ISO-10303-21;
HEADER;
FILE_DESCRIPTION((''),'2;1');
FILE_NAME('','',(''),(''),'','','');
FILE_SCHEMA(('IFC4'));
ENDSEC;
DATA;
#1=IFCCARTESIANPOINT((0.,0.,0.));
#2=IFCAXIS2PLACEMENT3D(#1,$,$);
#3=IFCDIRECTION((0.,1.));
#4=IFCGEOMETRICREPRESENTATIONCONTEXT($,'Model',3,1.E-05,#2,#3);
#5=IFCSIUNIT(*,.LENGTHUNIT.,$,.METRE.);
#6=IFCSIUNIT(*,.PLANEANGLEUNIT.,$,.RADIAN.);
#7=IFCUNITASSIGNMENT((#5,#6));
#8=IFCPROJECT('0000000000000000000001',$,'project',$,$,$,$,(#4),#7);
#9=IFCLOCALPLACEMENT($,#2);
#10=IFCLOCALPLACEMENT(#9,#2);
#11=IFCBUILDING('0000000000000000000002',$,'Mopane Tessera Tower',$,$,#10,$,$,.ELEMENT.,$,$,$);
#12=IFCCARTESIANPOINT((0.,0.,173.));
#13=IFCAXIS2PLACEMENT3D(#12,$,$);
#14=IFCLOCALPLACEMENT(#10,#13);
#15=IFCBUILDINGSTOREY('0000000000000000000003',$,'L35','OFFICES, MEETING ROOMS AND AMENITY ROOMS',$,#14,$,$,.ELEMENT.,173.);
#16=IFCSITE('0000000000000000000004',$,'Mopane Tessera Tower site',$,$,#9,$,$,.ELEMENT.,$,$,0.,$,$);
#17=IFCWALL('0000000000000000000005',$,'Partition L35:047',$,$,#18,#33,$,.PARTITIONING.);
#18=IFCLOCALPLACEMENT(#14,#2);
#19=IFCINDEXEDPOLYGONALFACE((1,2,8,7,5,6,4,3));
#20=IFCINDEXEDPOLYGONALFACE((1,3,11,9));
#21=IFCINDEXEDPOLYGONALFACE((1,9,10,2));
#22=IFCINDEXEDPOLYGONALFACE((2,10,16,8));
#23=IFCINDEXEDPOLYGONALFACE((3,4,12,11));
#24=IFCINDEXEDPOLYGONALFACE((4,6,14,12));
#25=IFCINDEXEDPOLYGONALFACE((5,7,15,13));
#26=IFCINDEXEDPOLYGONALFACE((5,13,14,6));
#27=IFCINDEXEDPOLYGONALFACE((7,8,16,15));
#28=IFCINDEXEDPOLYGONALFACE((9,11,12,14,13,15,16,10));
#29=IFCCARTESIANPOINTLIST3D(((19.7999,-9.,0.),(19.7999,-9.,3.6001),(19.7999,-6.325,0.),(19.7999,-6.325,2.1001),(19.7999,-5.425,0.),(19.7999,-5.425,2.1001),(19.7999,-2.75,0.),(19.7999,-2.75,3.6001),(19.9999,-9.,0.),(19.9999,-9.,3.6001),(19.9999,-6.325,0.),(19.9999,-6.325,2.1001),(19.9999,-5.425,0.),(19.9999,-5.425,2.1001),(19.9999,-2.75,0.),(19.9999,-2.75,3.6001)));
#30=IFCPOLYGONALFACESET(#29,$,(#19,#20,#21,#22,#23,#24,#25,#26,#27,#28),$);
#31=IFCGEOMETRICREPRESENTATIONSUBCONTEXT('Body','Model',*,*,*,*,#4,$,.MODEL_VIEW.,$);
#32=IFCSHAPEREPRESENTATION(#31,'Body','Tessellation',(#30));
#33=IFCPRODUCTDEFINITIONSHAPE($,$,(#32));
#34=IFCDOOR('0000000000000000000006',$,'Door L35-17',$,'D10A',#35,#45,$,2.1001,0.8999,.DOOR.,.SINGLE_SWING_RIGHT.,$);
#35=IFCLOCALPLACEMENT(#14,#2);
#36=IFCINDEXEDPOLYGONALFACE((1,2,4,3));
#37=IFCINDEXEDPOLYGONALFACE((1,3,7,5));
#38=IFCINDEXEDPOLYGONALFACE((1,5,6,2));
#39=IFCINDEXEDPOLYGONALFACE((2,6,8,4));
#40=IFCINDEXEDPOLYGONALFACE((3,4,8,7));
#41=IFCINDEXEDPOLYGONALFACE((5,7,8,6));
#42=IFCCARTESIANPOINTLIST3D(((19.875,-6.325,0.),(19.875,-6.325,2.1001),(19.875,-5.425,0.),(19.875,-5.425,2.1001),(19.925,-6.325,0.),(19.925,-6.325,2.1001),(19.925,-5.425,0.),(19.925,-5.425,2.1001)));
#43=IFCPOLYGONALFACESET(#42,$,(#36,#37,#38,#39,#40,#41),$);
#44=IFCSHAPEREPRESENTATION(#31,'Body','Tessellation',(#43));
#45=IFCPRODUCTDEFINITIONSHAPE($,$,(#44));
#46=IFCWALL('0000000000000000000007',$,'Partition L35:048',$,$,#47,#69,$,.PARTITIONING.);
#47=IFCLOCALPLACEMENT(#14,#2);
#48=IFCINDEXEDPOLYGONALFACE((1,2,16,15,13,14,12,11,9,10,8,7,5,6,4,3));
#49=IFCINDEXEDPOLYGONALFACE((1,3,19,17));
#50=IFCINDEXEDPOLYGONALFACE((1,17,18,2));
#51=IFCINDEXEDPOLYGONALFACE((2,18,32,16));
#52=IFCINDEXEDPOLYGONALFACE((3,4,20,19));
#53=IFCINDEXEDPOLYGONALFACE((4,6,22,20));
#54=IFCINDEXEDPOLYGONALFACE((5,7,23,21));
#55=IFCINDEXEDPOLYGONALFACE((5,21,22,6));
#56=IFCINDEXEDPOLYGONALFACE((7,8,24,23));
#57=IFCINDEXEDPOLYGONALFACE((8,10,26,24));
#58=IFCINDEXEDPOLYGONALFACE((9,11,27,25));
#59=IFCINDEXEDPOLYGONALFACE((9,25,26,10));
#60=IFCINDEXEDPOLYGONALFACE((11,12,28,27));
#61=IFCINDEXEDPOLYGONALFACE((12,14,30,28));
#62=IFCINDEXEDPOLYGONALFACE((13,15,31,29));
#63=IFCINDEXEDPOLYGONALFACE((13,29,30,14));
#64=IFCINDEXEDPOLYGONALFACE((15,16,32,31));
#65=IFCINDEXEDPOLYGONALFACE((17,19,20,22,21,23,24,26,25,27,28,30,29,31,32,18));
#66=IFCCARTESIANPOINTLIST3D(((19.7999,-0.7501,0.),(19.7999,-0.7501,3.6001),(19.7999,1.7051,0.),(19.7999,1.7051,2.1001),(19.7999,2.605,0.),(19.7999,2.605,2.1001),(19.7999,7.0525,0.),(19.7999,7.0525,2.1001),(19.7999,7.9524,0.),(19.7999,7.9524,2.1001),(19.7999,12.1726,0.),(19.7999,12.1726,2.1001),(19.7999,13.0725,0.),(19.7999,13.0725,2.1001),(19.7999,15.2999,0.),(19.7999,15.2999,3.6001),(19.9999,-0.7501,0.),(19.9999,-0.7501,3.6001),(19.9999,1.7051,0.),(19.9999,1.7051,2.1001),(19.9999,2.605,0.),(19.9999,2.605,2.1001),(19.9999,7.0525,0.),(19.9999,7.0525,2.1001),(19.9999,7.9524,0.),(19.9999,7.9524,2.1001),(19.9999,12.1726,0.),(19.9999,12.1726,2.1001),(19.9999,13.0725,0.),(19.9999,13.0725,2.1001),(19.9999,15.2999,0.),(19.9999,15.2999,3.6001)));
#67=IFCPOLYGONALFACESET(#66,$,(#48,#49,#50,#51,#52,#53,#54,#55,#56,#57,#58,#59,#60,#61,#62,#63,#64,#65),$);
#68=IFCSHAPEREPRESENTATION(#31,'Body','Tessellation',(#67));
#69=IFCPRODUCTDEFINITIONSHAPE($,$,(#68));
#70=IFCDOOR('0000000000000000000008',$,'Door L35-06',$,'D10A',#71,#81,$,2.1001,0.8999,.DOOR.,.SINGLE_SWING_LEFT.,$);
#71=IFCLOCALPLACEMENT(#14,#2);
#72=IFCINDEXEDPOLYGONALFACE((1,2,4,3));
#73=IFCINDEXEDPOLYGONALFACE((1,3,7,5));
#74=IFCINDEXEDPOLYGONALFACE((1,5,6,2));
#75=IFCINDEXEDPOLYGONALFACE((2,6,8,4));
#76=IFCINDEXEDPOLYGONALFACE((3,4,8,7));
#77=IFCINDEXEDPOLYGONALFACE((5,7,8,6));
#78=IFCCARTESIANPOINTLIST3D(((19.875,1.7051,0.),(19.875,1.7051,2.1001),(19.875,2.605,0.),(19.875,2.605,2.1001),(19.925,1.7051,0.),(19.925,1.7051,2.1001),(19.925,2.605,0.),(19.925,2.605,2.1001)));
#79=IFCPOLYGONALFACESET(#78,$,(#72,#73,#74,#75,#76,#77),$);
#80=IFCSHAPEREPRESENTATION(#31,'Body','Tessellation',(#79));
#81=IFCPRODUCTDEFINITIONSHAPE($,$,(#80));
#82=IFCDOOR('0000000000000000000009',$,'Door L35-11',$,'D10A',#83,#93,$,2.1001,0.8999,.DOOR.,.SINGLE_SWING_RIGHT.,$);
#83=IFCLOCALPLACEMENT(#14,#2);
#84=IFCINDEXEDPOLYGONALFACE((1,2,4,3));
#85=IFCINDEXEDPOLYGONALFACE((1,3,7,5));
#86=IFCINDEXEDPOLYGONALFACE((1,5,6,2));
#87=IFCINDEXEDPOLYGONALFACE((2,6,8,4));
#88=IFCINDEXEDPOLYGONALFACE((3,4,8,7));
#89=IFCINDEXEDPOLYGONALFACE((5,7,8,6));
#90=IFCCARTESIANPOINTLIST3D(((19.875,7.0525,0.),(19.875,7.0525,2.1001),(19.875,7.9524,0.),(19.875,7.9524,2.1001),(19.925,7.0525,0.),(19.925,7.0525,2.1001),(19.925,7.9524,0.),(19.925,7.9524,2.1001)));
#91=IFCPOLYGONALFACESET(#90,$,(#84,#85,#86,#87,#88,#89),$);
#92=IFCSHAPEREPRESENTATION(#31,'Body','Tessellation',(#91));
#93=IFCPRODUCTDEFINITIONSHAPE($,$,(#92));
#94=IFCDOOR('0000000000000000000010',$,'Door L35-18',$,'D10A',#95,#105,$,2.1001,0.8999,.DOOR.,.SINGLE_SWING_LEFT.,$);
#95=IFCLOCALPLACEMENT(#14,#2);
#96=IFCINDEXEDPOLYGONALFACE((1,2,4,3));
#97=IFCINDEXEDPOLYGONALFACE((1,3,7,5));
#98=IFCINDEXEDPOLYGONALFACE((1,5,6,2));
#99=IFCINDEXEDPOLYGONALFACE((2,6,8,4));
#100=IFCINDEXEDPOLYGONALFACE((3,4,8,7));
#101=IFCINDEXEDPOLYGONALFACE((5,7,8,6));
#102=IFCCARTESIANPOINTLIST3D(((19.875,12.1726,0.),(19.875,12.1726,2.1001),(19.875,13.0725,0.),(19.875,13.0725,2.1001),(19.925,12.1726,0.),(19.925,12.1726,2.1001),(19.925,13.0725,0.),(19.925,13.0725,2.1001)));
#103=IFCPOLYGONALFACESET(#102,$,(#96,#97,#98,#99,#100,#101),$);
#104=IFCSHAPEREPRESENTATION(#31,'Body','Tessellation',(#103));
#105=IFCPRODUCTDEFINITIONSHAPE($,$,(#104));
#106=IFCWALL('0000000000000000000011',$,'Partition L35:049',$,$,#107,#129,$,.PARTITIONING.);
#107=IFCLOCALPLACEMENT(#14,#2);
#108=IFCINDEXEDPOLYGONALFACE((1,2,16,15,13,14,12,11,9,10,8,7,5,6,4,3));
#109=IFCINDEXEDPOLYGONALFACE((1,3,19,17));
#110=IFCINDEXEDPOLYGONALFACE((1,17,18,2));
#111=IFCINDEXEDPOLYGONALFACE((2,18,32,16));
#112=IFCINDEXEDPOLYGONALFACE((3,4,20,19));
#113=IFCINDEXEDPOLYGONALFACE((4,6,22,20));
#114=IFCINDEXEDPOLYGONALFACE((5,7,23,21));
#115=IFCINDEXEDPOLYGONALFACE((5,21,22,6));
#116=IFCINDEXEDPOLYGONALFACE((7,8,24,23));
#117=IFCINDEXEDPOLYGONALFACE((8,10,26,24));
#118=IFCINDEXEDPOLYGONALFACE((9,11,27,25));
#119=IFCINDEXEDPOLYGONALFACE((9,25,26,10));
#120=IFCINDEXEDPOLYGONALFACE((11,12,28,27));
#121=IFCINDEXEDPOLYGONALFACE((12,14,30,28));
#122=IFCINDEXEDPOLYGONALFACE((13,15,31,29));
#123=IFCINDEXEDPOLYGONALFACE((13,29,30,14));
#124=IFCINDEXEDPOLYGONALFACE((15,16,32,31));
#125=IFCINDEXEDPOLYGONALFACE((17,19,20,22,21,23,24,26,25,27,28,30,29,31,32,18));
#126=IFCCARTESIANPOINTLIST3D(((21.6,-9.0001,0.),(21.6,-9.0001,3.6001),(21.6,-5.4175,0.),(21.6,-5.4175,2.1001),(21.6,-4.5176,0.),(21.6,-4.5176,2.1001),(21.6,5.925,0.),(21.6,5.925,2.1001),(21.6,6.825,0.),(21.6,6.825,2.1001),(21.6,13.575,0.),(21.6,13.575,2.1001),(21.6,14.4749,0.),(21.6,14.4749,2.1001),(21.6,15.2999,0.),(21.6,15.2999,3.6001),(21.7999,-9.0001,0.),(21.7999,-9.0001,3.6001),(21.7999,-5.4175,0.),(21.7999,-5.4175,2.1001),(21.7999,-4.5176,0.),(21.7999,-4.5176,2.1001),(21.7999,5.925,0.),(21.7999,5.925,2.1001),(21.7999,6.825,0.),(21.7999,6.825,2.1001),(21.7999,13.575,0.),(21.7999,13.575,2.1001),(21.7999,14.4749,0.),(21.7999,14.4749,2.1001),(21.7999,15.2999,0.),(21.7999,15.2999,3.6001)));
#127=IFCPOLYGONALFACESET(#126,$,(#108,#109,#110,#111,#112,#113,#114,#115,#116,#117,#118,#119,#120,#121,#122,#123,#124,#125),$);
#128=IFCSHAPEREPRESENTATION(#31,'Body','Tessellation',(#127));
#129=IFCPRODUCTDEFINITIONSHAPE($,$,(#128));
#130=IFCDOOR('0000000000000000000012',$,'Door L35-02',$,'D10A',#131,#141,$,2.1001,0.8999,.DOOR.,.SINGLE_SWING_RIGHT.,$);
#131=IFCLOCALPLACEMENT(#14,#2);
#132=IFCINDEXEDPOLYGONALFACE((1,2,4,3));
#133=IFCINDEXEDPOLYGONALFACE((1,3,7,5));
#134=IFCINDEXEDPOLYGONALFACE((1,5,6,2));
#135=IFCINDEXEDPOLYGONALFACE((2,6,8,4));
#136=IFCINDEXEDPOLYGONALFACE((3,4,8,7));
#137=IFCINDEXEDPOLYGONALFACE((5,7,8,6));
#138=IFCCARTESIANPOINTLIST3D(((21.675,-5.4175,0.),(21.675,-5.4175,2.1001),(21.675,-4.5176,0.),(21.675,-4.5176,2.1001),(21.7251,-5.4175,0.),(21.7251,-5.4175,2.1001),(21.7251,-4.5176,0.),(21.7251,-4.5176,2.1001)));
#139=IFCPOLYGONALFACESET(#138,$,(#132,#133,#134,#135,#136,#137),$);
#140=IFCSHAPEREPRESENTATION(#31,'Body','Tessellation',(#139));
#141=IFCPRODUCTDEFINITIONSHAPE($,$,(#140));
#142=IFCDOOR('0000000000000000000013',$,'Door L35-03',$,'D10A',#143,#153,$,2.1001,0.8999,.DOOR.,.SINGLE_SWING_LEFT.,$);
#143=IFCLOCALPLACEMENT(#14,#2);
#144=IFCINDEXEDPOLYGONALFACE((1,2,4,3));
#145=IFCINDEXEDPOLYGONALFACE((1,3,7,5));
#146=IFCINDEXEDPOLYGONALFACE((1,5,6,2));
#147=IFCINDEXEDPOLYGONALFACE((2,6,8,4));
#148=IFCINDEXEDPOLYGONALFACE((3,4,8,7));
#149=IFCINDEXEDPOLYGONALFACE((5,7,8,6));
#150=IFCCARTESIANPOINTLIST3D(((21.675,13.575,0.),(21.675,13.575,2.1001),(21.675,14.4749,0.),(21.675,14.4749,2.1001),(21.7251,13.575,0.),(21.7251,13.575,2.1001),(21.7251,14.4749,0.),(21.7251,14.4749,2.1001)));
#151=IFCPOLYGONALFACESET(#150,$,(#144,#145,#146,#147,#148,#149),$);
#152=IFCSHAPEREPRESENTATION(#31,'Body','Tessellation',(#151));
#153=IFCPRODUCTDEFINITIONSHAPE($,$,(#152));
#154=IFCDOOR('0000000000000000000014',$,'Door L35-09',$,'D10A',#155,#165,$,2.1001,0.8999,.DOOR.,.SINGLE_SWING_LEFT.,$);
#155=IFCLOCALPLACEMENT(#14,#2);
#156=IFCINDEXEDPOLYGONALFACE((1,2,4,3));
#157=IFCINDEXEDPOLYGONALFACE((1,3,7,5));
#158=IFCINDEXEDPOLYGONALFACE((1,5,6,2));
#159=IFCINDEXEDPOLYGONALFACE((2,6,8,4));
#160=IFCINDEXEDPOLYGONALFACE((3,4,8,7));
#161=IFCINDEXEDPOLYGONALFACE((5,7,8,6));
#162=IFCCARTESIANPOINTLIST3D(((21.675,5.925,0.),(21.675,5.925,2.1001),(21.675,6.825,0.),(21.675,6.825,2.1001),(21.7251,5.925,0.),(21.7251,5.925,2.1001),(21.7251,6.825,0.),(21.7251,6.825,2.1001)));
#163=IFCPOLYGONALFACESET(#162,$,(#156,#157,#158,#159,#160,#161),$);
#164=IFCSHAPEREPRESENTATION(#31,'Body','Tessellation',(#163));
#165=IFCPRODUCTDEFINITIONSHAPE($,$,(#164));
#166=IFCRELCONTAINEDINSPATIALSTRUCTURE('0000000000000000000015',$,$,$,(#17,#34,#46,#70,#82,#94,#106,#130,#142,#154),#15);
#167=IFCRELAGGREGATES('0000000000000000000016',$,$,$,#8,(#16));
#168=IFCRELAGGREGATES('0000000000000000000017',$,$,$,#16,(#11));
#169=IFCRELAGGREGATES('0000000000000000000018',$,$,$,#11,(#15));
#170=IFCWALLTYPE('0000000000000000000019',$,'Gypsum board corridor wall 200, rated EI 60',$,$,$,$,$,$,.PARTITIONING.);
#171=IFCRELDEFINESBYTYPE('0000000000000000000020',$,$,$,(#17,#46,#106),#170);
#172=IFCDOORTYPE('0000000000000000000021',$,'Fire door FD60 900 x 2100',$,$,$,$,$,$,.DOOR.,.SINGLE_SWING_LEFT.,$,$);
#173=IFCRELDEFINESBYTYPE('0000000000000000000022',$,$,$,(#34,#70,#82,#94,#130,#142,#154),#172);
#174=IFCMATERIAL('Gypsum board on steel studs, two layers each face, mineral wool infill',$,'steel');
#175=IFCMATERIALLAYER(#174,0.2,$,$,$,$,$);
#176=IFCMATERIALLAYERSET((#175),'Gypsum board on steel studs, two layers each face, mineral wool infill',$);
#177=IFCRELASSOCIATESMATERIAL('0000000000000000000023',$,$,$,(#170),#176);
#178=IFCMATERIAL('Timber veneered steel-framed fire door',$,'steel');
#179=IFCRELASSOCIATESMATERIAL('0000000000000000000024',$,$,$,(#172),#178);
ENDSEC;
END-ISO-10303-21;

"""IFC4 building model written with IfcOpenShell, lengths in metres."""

from ifc_helpers import new_model, si_unit, direction, frame, frame_2d, origin, place, context, subcontext, project, spatial, rectangle, extrude, material, layer, layer_set, type_object, element, fill, save


model = new_model("IFC4")

# Units and contexts
model_context = context("Model", 3, precision=1e-05, world=origin(), true_north=direction((0.0, 1.0)))
body_context = subcontext(model_context, "Body", "Model", "MODEL_VIEW")
ifc_project = project(units=[si_unit("LENGTHUNIT", "METRE"), si_unit("PLANEANGLEUNIT", "RADIAN")], contexts=[model_context])

# Site, building, storey
site_placement = place(None, origin())
site = spatial("IfcSite", under=ifc_project, at=site_placement, Name="Mopane Tessera Tower site", CompositionType="ELEMENT", RefElevation=0.0)
building_placement = place(site_placement, origin())
building = spatial("IfcBuilding", under=site, at=building_placement, Name="Mopane Tessera Tower", CompositionType="ELEMENT")
storey_placement = place(building_placement, frame((0.0, 0.0, 173.0)))
storey = spatial("IfcBuildingStorey", under=building, at=storey_placement, Name="L35", Description="OFFICES, MEETING ROOMS AND AMENITY ROOMS", CompositionType="ELEMENT", Elevation=173.0)

# Shared definitions
ifc_material_1 = material(Name="Gypsum board on steel studs, two layers each face, mineral wool infill", Category="steel")
ifc_layer_1 = layer(ifc_material_1, 0.2)
ifc_layer_set_1 = layer_set([ifc_layer_1], Name="Gypsum board on steel studs, two layers each face, mineral wool infill")
wall_type_1 = type_object("IfcWallType", Name="Gypsum board corridor wall 200, rated EI 60", PredefinedType="PARTITIONING", material=ifc_layer_set_1)

# Wall, opening, door
wall_1_placement = place(storey_placement, frame((19.8999, -9.0, 0.0), z_axis=(0.0, 0.0, 1.0), x_axis=(0.0, 1.0, 0.0)))
wall_1 = element("IfcWall", 1, at=wall_1_placement, inside=storey, type_object=wall_type_1, Name="Partition L35:047", PredefinedType="PARTITIONING", context=body_context, shape_type="SweptSolid", body=[
    extrude(rectangle(XDim=6.25, YDim=0.2, at=frame_2d((3.125, 0.0))), origin(), (0.0, 0.0, 1.0), 3.6001),
])
opening_1_placement = place(wall_1_placement, frame((2.675, 0.0, 0.0)))
opening_1 = element("IfcOpeningElement", 2, at=opening_1_placement, cuts=wall_1, PredefinedType="OPENING", context=body_context, shape_type="SweptSolid", body=[
    extrude(rectangle(XDim=0.8999, YDim=2.1001, at=frame_2d((0.45, 1.05))), frame((0.0, 0.1121, 0.0), z_axis=(0.0, -1.0, 0.0), x_axis=(1.0, 0.0, 0.0)), (0.0, 0.0, 1.0), 0.2239),
])
ifc_material_2 = material(Name="Timber veneered steel-framed fire door", Category="steel")
door_type_1 = type_object("IfcDoorType", Name="Fire door FD60 900 x 2100", OperationType="SINGLE_SWING_LEFT", PredefinedType="DOOR", material=ifc_material_2)
door_1_placement = place(opening_1_placement, origin())
door_1 = element("IfcDoor", 3, at=door_1_placement, inside=storey, type_object=door_type_1, Name="Door L35-17", ObjectType="D10A", OperationType="SINGLE_SWING_RIGHT", OverallHeight=2.1001, OverallWidth=0.8999, PredefinedType="DOOR", context=body_context, shape_type="SweptSolid", body=[
    extrude(rectangle(XDim=0.8999, YDim=2.1001, at=frame_2d((0.45, 1.05))), frame((0.0, 0.0249, 0.0), z_axis=(0.0, -1.0, 0.0), x_axis=(1.0, 0.0, 0.0)), (0.0, 0.0, 1.0), 0.05),
])
fill(opening_1, door_1)

# Walls, openings, doors
wall_2_placement = place(storey_placement, frame((19.8999, -0.75, 0.0), z_axis=(0.0, 0.0, 1.0), x_axis=(0.0, 1.0, 0.0)))
wall_2 = element("IfcWall", 4, at=wall_2_placement, inside=storey, type_object=wall_type_1, Name="Partition L35:048", PredefinedType="PARTITIONING", context=body_context, shape_type="SweptSolid", body=[
    extrude(rectangle(XDim=16.05, YDim=0.2, at=frame_2d((8.0249, 0.0))), origin(), (0.0, 0.0, 1.0), 3.6001),
])
opening_2_placement = place(wall_2_placement, frame((2.4551, 0.0, 0.0)))
opening_2 = element("IfcOpeningElement", 5, at=opening_2_placement, cuts=wall_2, PredefinedType="OPENING", context=body_context, shape_type="SweptSolid", body=[
    extrude(rectangle(XDim=0.8999, YDim=2.1001, at=frame_2d((0.45, 1.05))), frame((0.0, 0.1121, 0.0), z_axis=(0.0, -1.0, 0.0), x_axis=(1.0, 0.0, 0.0)), (0.0, 0.0, 1.0), 0.2239),
])
opening_3_placement = place(wall_2_placement, frame((7.8025, 0.0, 0.0)))
opening_3 = element("IfcOpeningElement", 6, at=opening_3_placement, cuts=wall_2, PredefinedType="OPENING", context=body_context, shape_type="SweptSolid", body=[
    extrude(rectangle(XDim=0.8999, YDim=2.1001, at=frame_2d((0.45, 1.05))), frame((0.0, 0.1121, 0.0), z_axis=(0.0, -1.0, 0.0), x_axis=(1.0, 0.0, 0.0)), (0.0, 0.0, 1.0), 0.2239),
])
opening_4_placement = place(wall_2_placement, frame((12.9226, 0.0, 0.0)))
opening_4 = element("IfcOpeningElement", 7, at=opening_4_placement, cuts=wall_2, PredefinedType="OPENING", context=body_context, shape_type="SweptSolid", body=[
    extrude(rectangle(XDim=0.8999, YDim=2.1001, at=frame_2d((0.45, 1.05))), frame((0.0, 0.1121, 0.0), z_axis=(0.0, -1.0, 0.0), x_axis=(1.0, 0.0, 0.0)), (0.0, 0.0, 1.0), 0.2239),
])
door_2_placement = place(opening_2_placement, origin())
door_2 = element("IfcDoor", 8, at=door_2_placement, inside=storey, type_object=door_type_1, Name="Door L35-06", ObjectType="D10A", OperationType="SINGLE_SWING_LEFT", OverallHeight=2.1001, OverallWidth=0.8999, PredefinedType="DOOR", context=body_context, shape_type="SweptSolid", body=[
    extrude(rectangle(XDim=0.8999, YDim=2.1001, at=frame_2d((0.45, 1.05))), frame((0.0, 0.0249, 0.0), z_axis=(0.0, -1.0, 0.0), x_axis=(1.0, 0.0, 0.0)), (0.0, 0.0, 1.0), 0.05),
])
fill(opening_2, door_2)
door_3_placement = place(opening_3_placement, origin())
door_3 = element("IfcDoor", 9, at=door_3_placement, inside=storey, type_object=door_type_1, Name="Door L35-11", ObjectType="D10A", OperationType="SINGLE_SWING_RIGHT", OverallHeight=2.1001, OverallWidth=0.8999, PredefinedType="DOOR", context=body_context, shape_type="SweptSolid", body=[
    extrude(rectangle(XDim=0.8999, YDim=2.1001, at=frame_2d((0.45, 1.05))), frame((0.0, 0.0249, 0.0), z_axis=(0.0, -1.0, 0.0), x_axis=(1.0, 0.0, 0.0)), (0.0, 0.0, 1.0), 0.05),
])
fill(opening_3, door_3)
door_4_placement = place(opening_4_placement, origin())
door_4 = element("IfcDoor", 10, at=door_4_placement, inside=storey, type_object=door_type_1, Name="Door L35-18", ObjectType="D10A", OperationType="SINGLE_SWING_LEFT", OverallHeight=2.1001, OverallWidth=0.8999, PredefinedType="DOOR", context=body_context, shape_type="SweptSolid", body=[
    extrude(rectangle(XDim=0.8999, YDim=2.1001, at=frame_2d((0.45, 1.05))), frame((0.0, 0.0249, 0.0), z_axis=(0.0, -1.0, 0.0), x_axis=(1.0, 0.0, 0.0)), (0.0, 0.0, 1.0), 0.05),
])
fill(opening_4, door_4)
wall_3_placement = place(storey_placement, frame((21.7, -9.0, 0.0), z_axis=(0.0, 0.0, 1.0), x_axis=(0.0, 1.0, 0.0)))
wall_3 = element("IfcWall", 11, at=wall_3_placement, inside=storey, type_object=wall_type_1, Name="Partition L35:049", PredefinedType="PARTITIONING", context=body_context, shape_type="SweptSolid", body=[
    extrude(rectangle(XDim=24.3, YDim=0.2, at=frame_2d((12.1499, 0.0))), origin(), (0.0, 0.0, 1.0), 3.6001),
])
opening_5_placement = place(wall_3_placement, frame((3.5825, 0.0, 0.0)))
opening_5 = element("IfcOpeningElement", 12, at=opening_5_placement, cuts=wall_3, PredefinedType="OPENING", context=body_context, shape_type="SweptSolid", body=[
    extrude(rectangle(XDim=0.8999, YDim=2.1001, at=frame_2d((0.45, 1.05))), frame((0.0, 0.1121, 0.0), z_axis=(0.0, -1.0, 0.0), x_axis=(1.0, 0.0, 0.0)), (0.0, 0.0, 1.0), 0.2239),
])
opening_6_placement = place(wall_3_placement, frame((22.575, 0.0, 0.0)))
opening_6 = element("IfcOpeningElement", 13, at=opening_6_placement, cuts=wall_3, PredefinedType="OPENING", context=body_context, shape_type="SweptSolid", body=[
    extrude(rectangle(XDim=0.8999, YDim=2.1001, at=frame_2d((0.45, 1.05))), frame((0.0, 0.1121, 0.0), z_axis=(0.0, -1.0, 0.0), x_axis=(1.0, 0.0, 0.0)), (0.0, 0.0, 1.0), 0.2239),
])
opening_7_placement = place(wall_3_placement, frame((14.925, 0.0, 0.0)))
opening_7 = element("IfcOpeningElement", 14, at=opening_7_placement, cuts=wall_3, PredefinedType="OPENING", context=body_context, shape_type="SweptSolid", body=[
    extrude(rectangle(XDim=0.8999, YDim=2.1001, at=frame_2d((0.45, 1.05))), frame((0.0, 0.1121, 0.0), z_axis=(0.0, -1.0, 0.0), x_axis=(1.0, 0.0, 0.0)), (0.0, 0.0, 1.0), 0.2239),
])
door_5_placement = place(opening_5_placement, origin())
door_5 = element("IfcDoor", 15, at=door_5_placement, inside=storey, type_object=door_type_1, Name="Door L35-02", ObjectType="D10A", OperationType="SINGLE_SWING_RIGHT", OverallHeight=2.1001, OverallWidth=0.8999, PredefinedType="DOOR", context=body_context, shape_type="SweptSolid", body=[
    extrude(rectangle(XDim=0.8999, YDim=2.1001, at=frame_2d((0.45, 1.05))), frame((0.0, 0.0249, 0.0), z_axis=(0.0, -1.0, 0.0), x_axis=(1.0, 0.0, 0.0)), (0.0, 0.0, 1.0), 0.05),
])
fill(opening_5, door_5)
door_6_placement = place(opening_6_placement, origin())
door_6 = element("IfcDoor", 16, at=door_6_placement, inside=storey, type_object=door_type_1, Name="Door L35-03", ObjectType="D10A", OperationType="SINGLE_SWING_LEFT", OverallHeight=2.1001, OverallWidth=0.8999, PredefinedType="DOOR", context=body_context, shape_type="SweptSolid", body=[
    extrude(rectangle(XDim=0.8999, YDim=2.1001, at=frame_2d((0.45, 1.05))), frame((0.0, 0.0249, 0.0), z_axis=(0.0, -1.0, 0.0), x_axis=(1.0, 0.0, 0.0)), (0.0, 0.0, 1.0), 0.05),
])
fill(opening_6, door_6)
door_7_placement = place(opening_7_placement, origin())
door_7 = element("IfcDoor", 17, at=door_7_placement, inside=storey, type_object=door_type_1, Name="Door L35-09", ObjectType="D10A", OperationType="SINGLE_SWING_LEFT", OverallHeight=2.1001, OverallWidth=0.8999, PredefinedType="DOOR", context=body_context, shape_type="SweptSolid", body=[
    extrude(rectangle(XDim=0.8999, YDim=2.1001, at=frame_2d((0.45, 1.05))), frame((0.0, 0.0249, 0.0), z_axis=(0.0, -1.0, 0.0), x_axis=(1.0, 0.0, 0.0)), (0.0, 0.0, 1.0), 0.05),
])
fill(opening_7, door_7)

save(model, "model.ifc")
